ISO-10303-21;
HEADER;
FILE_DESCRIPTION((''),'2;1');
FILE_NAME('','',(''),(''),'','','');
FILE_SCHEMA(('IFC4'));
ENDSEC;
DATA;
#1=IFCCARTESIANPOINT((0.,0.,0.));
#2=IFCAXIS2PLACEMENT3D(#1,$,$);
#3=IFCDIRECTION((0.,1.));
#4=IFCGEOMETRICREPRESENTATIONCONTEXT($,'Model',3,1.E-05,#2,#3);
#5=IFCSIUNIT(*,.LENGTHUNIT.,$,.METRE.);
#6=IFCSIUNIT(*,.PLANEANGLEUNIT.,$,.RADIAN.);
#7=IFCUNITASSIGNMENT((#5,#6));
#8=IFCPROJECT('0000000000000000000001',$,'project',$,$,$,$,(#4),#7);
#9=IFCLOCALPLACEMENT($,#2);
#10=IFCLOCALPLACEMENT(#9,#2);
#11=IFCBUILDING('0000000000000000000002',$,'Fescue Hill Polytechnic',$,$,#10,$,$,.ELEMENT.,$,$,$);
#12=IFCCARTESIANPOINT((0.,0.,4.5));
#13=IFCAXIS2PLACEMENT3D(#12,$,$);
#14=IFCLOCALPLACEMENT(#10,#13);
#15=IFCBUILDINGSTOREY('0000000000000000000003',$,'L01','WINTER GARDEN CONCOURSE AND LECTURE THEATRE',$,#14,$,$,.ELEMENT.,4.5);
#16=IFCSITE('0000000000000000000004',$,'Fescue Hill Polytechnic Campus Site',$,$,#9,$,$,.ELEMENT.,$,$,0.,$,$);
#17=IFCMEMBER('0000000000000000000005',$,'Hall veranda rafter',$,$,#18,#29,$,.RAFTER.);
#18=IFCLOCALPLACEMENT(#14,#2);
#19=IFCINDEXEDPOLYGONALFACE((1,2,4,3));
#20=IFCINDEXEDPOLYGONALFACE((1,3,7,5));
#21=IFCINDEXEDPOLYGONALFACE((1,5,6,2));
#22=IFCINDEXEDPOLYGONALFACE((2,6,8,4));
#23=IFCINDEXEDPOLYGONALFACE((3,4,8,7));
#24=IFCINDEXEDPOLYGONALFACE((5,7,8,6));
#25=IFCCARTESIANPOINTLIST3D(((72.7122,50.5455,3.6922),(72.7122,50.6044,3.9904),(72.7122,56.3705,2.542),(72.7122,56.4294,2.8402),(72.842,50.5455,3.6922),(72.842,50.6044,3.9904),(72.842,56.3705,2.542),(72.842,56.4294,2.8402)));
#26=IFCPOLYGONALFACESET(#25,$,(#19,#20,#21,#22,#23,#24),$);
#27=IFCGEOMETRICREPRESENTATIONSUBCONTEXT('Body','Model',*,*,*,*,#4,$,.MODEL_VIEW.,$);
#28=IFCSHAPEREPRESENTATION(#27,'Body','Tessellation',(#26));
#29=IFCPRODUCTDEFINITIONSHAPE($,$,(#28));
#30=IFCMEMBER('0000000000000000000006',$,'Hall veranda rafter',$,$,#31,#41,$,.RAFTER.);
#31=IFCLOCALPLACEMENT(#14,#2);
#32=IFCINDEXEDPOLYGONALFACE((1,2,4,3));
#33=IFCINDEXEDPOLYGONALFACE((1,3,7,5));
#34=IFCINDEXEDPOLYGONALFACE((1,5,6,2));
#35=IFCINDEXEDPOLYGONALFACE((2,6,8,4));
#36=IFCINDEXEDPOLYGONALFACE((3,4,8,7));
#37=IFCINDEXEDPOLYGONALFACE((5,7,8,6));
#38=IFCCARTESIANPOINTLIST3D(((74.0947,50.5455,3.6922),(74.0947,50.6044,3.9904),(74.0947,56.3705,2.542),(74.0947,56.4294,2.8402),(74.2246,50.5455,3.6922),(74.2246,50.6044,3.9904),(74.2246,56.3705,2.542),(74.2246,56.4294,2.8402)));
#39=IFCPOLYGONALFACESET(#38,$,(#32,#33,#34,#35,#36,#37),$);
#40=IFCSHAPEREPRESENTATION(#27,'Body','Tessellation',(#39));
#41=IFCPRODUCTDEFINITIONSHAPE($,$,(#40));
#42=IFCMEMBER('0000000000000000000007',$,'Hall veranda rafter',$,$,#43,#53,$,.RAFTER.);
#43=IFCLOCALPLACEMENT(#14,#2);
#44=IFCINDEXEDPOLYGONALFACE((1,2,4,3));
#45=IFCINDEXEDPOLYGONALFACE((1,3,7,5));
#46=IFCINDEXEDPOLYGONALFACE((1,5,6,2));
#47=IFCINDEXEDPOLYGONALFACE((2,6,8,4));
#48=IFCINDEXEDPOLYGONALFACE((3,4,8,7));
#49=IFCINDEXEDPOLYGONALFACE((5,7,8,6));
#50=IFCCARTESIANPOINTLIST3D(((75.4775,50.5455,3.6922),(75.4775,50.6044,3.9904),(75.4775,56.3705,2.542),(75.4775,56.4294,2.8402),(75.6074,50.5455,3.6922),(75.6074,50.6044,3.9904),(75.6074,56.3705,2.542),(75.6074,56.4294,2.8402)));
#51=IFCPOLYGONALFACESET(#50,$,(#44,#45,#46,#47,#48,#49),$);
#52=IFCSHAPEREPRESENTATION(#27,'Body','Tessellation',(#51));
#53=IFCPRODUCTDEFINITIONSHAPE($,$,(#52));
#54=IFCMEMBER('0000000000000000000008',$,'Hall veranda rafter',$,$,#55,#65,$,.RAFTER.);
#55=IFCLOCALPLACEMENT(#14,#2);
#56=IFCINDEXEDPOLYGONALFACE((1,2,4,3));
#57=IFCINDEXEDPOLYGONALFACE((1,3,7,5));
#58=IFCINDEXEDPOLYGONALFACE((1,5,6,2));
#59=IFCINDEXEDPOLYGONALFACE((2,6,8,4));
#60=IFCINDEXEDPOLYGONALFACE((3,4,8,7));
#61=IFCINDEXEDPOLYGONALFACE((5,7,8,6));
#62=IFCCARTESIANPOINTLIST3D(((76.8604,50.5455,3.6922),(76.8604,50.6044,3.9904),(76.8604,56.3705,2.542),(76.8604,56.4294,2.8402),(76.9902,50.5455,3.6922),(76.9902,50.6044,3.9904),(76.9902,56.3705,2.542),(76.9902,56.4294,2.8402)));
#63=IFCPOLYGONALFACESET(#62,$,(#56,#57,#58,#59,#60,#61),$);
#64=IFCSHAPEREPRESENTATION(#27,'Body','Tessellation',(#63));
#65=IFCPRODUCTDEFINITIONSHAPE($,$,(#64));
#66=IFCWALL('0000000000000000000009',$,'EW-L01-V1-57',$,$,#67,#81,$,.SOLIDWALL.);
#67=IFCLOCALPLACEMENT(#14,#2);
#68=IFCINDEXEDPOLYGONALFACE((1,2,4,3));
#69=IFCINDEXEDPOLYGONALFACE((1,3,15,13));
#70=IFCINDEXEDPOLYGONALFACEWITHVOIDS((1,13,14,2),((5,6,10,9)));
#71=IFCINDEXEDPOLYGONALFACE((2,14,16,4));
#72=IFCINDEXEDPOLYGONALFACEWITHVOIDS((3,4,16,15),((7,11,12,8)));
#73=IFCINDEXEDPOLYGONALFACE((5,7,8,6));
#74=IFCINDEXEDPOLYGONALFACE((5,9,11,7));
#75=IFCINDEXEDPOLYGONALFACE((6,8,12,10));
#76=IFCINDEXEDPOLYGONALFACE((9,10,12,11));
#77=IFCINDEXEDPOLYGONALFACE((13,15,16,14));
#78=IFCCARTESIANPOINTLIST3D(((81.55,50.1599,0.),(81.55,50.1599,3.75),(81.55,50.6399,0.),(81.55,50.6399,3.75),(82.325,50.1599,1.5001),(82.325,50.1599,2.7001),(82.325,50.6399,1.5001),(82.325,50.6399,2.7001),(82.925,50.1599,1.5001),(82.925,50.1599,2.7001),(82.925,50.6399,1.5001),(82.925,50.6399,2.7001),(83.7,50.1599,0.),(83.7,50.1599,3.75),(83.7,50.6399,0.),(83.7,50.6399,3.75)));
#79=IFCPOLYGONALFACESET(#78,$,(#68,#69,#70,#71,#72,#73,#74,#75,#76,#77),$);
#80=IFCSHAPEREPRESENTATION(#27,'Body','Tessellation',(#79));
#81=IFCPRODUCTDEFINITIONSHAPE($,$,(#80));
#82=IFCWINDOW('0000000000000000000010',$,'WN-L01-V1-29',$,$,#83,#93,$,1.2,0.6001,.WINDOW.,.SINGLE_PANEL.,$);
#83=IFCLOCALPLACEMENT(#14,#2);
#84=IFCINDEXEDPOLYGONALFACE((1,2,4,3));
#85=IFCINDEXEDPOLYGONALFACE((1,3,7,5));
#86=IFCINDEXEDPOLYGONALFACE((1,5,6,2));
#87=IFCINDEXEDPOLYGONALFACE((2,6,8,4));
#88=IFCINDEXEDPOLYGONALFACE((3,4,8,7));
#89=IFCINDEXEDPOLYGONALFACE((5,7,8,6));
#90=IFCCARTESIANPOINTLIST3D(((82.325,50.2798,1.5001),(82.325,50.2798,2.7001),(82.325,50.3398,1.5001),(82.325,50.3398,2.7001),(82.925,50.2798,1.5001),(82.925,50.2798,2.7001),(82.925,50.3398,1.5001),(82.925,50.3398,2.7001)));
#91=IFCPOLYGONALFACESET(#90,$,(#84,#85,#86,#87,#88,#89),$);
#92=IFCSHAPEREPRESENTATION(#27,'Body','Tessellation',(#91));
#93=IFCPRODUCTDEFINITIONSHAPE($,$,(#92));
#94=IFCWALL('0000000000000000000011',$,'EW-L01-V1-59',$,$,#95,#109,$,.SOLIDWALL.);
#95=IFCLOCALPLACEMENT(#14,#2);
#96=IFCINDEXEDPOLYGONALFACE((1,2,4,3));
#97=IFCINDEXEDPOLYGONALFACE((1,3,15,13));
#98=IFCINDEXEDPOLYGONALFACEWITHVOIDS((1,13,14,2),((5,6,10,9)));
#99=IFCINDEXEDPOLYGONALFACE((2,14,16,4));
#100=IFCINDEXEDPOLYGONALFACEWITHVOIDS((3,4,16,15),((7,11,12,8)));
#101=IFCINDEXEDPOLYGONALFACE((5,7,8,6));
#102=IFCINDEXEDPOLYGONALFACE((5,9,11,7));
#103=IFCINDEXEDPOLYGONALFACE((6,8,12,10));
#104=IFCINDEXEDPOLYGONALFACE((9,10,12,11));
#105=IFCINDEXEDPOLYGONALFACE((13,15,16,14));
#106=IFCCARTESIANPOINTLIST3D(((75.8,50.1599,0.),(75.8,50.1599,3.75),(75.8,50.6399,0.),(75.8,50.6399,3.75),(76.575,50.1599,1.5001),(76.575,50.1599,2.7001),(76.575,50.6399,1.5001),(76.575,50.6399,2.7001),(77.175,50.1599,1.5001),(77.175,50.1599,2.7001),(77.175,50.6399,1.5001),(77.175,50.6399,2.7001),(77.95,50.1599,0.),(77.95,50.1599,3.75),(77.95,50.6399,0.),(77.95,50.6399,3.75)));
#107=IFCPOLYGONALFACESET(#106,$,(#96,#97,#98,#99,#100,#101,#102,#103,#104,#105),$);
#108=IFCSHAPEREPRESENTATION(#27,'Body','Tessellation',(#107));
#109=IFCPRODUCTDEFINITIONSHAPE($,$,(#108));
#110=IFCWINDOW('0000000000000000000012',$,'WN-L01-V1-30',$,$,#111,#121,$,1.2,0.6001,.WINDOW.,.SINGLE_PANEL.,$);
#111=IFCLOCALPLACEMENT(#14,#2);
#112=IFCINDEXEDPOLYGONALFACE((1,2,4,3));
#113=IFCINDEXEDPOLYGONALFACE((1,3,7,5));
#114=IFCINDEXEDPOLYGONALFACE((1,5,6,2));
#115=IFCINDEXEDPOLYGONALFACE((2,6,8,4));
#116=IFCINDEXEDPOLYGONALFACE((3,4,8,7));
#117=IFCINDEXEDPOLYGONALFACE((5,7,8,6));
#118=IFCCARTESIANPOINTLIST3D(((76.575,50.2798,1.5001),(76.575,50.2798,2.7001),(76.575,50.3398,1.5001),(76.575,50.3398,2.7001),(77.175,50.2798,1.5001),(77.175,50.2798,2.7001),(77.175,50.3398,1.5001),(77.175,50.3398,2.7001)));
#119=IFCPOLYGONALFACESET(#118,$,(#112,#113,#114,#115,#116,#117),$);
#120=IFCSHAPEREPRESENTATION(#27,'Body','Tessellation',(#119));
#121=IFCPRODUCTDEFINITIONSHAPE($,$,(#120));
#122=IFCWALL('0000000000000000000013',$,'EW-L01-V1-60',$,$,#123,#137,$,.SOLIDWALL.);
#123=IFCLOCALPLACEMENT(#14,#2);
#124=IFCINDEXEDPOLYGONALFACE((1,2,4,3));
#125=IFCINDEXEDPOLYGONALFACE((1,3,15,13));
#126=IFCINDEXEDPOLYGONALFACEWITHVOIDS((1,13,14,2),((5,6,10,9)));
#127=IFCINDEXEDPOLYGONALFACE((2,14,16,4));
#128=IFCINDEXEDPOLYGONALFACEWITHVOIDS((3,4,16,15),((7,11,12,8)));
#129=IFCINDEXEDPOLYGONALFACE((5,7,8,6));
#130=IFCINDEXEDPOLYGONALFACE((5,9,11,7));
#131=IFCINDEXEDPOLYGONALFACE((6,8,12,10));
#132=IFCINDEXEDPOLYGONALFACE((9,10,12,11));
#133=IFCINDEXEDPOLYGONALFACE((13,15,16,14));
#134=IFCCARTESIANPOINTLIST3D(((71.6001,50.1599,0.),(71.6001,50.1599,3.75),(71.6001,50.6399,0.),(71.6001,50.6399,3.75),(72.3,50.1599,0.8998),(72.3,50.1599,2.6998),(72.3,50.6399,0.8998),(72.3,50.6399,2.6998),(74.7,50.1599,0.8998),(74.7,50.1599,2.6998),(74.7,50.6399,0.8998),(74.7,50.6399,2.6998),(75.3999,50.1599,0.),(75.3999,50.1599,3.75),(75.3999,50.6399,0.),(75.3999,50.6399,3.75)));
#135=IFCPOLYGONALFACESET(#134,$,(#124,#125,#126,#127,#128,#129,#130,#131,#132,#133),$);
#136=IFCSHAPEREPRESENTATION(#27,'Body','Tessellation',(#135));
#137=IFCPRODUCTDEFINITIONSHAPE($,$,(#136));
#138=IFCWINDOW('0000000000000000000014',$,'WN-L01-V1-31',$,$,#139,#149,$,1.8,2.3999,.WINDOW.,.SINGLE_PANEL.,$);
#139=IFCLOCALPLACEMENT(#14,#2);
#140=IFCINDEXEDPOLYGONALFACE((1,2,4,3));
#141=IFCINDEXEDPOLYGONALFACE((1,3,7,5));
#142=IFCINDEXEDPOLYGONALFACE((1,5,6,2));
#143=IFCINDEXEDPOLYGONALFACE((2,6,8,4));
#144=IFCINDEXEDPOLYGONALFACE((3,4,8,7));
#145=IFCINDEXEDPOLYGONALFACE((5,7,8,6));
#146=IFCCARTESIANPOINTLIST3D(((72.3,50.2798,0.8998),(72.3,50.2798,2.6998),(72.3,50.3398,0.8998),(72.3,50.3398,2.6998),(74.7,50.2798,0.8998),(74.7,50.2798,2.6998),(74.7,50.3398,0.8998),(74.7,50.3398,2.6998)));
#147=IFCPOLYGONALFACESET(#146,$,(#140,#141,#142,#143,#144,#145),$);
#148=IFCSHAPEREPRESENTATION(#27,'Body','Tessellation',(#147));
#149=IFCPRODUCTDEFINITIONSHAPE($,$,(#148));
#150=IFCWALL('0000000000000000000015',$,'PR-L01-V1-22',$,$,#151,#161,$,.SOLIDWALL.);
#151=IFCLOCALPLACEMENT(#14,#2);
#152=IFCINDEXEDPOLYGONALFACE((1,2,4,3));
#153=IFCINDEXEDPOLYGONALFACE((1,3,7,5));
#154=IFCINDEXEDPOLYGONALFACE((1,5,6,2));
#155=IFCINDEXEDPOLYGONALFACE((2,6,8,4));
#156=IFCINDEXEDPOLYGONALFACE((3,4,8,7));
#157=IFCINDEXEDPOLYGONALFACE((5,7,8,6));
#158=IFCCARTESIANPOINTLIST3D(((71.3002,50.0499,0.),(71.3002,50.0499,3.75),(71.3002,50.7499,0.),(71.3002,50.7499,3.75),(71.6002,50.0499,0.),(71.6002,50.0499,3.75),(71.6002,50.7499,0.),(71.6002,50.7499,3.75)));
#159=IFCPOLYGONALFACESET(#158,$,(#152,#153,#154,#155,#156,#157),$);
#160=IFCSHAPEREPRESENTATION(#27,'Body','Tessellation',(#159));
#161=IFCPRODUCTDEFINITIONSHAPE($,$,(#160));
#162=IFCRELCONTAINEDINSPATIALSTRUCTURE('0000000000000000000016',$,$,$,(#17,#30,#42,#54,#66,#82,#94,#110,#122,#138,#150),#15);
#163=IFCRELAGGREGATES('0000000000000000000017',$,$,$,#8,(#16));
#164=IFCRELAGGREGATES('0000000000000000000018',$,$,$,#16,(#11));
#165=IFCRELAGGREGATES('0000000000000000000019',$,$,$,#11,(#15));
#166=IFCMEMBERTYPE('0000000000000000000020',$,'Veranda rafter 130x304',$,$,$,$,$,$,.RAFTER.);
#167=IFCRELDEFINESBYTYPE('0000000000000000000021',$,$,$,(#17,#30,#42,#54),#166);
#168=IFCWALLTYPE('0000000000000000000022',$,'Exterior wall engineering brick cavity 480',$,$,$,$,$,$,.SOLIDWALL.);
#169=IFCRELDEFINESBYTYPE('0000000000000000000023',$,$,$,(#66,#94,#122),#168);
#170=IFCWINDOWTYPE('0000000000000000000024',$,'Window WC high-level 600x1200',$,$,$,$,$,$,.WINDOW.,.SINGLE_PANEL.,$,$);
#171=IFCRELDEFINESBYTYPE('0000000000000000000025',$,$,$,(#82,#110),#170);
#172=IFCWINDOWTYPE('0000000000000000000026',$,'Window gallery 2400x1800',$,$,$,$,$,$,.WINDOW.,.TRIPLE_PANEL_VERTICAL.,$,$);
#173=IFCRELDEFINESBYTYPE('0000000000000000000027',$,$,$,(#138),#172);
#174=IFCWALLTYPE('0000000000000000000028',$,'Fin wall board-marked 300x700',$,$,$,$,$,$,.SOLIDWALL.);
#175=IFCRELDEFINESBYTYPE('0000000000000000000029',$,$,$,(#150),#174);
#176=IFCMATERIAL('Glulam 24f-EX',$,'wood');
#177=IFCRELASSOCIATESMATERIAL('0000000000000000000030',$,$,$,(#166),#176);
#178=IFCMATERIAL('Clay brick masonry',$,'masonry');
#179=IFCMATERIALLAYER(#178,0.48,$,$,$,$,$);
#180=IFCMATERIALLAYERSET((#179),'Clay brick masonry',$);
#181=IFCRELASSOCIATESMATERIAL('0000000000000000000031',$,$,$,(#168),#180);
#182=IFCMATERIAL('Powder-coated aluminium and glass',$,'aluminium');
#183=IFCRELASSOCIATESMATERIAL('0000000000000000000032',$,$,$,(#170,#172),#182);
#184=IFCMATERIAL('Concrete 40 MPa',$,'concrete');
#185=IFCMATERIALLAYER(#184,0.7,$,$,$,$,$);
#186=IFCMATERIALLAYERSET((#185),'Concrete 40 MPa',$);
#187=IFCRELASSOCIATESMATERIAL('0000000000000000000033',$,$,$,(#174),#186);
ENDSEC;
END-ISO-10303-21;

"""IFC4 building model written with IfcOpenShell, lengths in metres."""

from ifc_helpers import new_model, si_unit, direction, frame, frame_2d, origin, origin_2d, place, context, subcontext, project, spatial, rectangle, extrude, material, layer, layer_set, material_profile, profile_set, type_object, element, fill, save


model = new_model("IFC4")

# Units and contexts
model_context = context("Model", 3, precision=1e-05, world=origin(), true_north=direction((0.0, 1.0)))
body_context = subcontext(model_context, "Body", "Model", "MODEL_VIEW")
ifc_project = project(units=[si_unit("LENGTHUNIT", "METRE"), si_unit("PLANEANGLEUNIT", "RADIAN")], contexts=[model_context])

# Site, building, storey
site_placement = place(None, origin())
site = spatial("IfcSite", under=ifc_project, at=site_placement, Name="Fescue Hill Polytechnic Campus Site", CompositionType="ELEMENT", RefElevation=0.0)
building_placement = place(site_placement, origin())
building = spatial("IfcBuilding", under=site, at=building_placement, Name="Fescue Hill Polytechnic", CompositionType="ELEMENT")
storey_placement = place(building_placement, frame((0.0, 0.0, 4.5)))
storey = spatial("IfcBuildingStorey", under=building, at=storey_placement, Name="L01", Description="WINTER GARDEN CONCOURSE AND LECTURE THEATRE", CompositionType="ELEMENT", Elevation=4.5)

# Shared definitions
ifc_material_1 = material(Name="Concrete 40 MPa", Category="concrete")

# Members
ifc_material_2 = material(Name="Glulam 24f-EX", Category="wood")
ifc_material_profile_1 = material_profile(ifc_material_2, rectangle(XDim=0.1299, YDim=0.304, at=origin_2d()), Name="Veranda rafter 130x304")
ifc_profile_set_1 = profile_set([ifc_material_profile_1], Name="Glulam 24f-EX")
member_type = type_object("IfcMemberType", Name="Veranda rafter 130x304", PredefinedType="RAFTER", material=ifc_profile_set_1)
for number, where, z_axis, x_axis, name in (
    (1, (72.7771, 50.575, 3.8413), (0.0, 0.981059, -0.193712), (-1.0, 0.0, 0.0), "Hall veranda rafter"),
    (2, (74.1597, 50.575, 3.8413), (0.0, 0.981059, -0.193712), (-1.0, 0.0, 0.0), "Hall veranda rafter"),
    (3, (75.5425, 50.575, 3.8413), (0.0, 0.981059, -0.193712), (-1.0, 0.0, 0.0), "Hall veranda rafter"),
    (4, (76.9253, 50.575, 3.8413), (0.0, 0.981059, -0.193712), (-1.0, 0.0, 0.0), "Hall veranda rafter"),
):
    element("IfcMember", number, at=place(storey_placement, frame(where, z_axis=z_axis, x_axis=x_axis)), inside=storey, type_object=member_type, Name=name, PredefinedType="RAFTER", context=body_context, shape_type="SweptSolid", body=[
        extrude(rectangle(XDim=0.1299, YDim=0.304, at=origin_2d()), origin(), (0.0, 0.0, 1.0), 5.9375),
    ])

# Walls, openings, windows
ifc_material_3 = material(Name="Clay brick masonry", Category="masonry")
ifc_layer_1 = layer(ifc_material_3, 0.48)
ifc_layer_set_1 = layer_set([ifc_layer_1], Name="Clay brick masonry")
wall_type_1 = type_object("IfcWallType", Name="Exterior wall engineering brick cavity 480", PredefinedType="SOLIDWALL", material=ifc_layer_set_1)
wall_1_placement = place(storey_placement, frame((83.7, 50.3999, 0.0), z_axis=(0.0, 0.0, 1.0), x_axis=(-1.0, 0.0, 0.0)))
wall_1 = element("IfcWall", 5, at=wall_1_placement, inside=storey, type_object=wall_type_1, Name="EW-L01-V1-57", PredefinedType="SOLIDWALL", context=body_context, shape_type="SweptSolid", body=[
    extrude(rectangle(XDim=2.1499, YDim=0.48, at=frame_2d((1.075, 0.0))), origin(), (0.0, 0.0, 1.0), 3.75),
])
opening_1_placement = place(wall_1_placement, frame((0.7749, 0.0, 1.5)))
opening_1 = element("IfcOpeningElement", 6, at=opening_1_placement, cuts=wall_1, PredefinedType="OPENING", context=body_context, shape_type="SweptSolid", body=[
    extrude(rectangle(XDim=0.6001, YDim=1.2, at=frame_2d((0.3, 0.6001))), frame((0.0, 0.25, 0.0), z_axis=(0.0, -1.0, 0.0), x_axis=(1.0, 0.0, 0.0)), (0.0, 0.0, 1.0), 0.5),
])
ifc_material_4 = material(Name="Powder-coated aluminium and glass", Category="aluminium")
window_type_1 = type_object("IfcWindowType", Name="Window WC high-level 600x1200", PartitioningType="SINGLE_PANEL", PredefinedType="WINDOW", material=ifc_material_4)
window_1_placement = place(opening_1_placement, origin())
window_1 = element("IfcWindow", 7, at=window_1_placement, inside=storey, type_object=window_type_1, Name="WN-L01-V1-29", OverallHeight=1.2, OverallWidth=0.6001, PartitioningType="SINGLE_PANEL", PredefinedType="WINDOW", context=body_context, shape_type="SweptSolid", body=[
    extrude(rectangle(XDim=0.6001, YDim=1.2, at=frame_2d((0.3, 0.6001))), frame((0.0, 0.1201, 0.0), z_axis=(0.0, -1.0, 0.0), x_axis=(1.0, 0.0, 0.0)), (0.0, 0.0, 1.0), 0.0601),
])
fill(opening_1, window_1)
wall_2_placement = place(storey_placement, frame((77.95, 50.3999, 0.0), z_axis=(0.0, 0.0, 1.0), x_axis=(-1.0, 0.0, 0.0)))
wall_2 = element("IfcWall", 8, at=wall_2_placement, inside=storey, type_object=wall_type_1, Name="EW-L01-V1-59", PredefinedType="SOLIDWALL", context=body_context, shape_type="SweptSolid", body=[
    extrude(rectangle(XDim=2.1499, YDim=0.48, at=frame_2d((1.075, 0.0))), origin(), (0.0, 0.0, 1.0), 3.75),
])
opening_2_placement = place(wall_2_placement, frame((0.7749, 0.0, 1.5)))
opening_2 = element("IfcOpeningElement", 9, at=opening_2_placement, cuts=wall_2, PredefinedType="OPENING", context=body_context, shape_type="SweptSolid", body=[
    extrude(rectangle(XDim=0.6001, YDim=1.2, at=frame_2d((0.3, 0.6001))), frame((0.0, 0.25, 0.0), z_axis=(0.0, -1.0, 0.0), x_axis=(1.0, 0.0, 0.0)), (0.0, 0.0, 1.0), 0.5),
])
window_2_placement = place(opening_2_placement, origin())
window_2 = element("IfcWindow", 10, at=window_2_placement, inside=storey, type_object=window_type_1, Name="WN-L01-V1-30", OverallHeight=1.2, OverallWidth=0.6001, PartitioningType="SINGLE_PANEL", PredefinedType="WINDOW", context=body_context, shape_type="SweptSolid", body=[
    extrude(rectangle(XDim=0.6001, YDim=1.2, at=frame_2d((0.3, 0.6001))), frame((0.0, 0.1201, 0.0), z_axis=(0.0, -1.0, 0.0), x_axis=(1.0, 0.0, 0.0)), (0.0, 0.0, 1.0), 0.0601),
])
fill(opening_2, window_2)
wall_3_placement = place(storey_placement, frame((75.3999, 50.3999, 0.0), z_axis=(0.0, 0.0, 1.0), x_axis=(-1.0, 0.0, 0.0)))
wall_3 = element("IfcWall", 11, at=wall_3_placement, inside=storey, type_object=wall_type_1, Name="EW-L01-V1-60", PredefinedType="SOLIDWALL", context=body_context, shape_type="SweptSolid", body=[
    extrude(rectangle(XDim=3.7998, YDim=0.48, at=frame_2d((1.8999, 0.0))), origin(), (0.0, 0.0, 1.0), 3.75),
])
opening_3_placement = place(wall_3_placement, frame((0.7, 0.0, 0.8999)))
opening_3 = element("IfcOpeningElement", 12, at=opening_3_placement, cuts=wall_3, PredefinedType="OPENING", context=body_context, shape_type="SweptSolid", body=[
    extrude(rectangle(XDim=2.3999, YDim=1.8, at=frame_2d((1.2, 0.8999))), frame((0.0, 0.25, 0.0), z_axis=(0.0, -1.0, 0.0), x_axis=(1.0, 0.0, 0.0)), (0.0, 0.0, 1.0), 0.5),
])
window_type_2 = type_object("IfcWindowType", Name="Window gallery 2400x1800", PartitioningType="TRIPLE_PANEL_VERTICAL", PredefinedType="WINDOW", material=ifc_material_4)
window_3_placement = place(opening_3_placement, origin())
window_3 = element("IfcWindow", 13, at=window_3_placement, inside=storey, type_object=window_type_2, Name="WN-L01-V1-31", OverallHeight=1.8, OverallWidth=2.3999, PartitioningType="SINGLE_PANEL", PredefinedType="WINDOW", context=body_context, shape_type="SweptSolid", body=[
    extrude(rectangle(XDim=2.3999, YDim=1.8, at=frame_2d((1.2, 0.8999))), frame((0.0, 0.1201, 0.0), z_axis=(0.0, -1.0, 0.0), x_axis=(1.0, 0.0, 0.0)), (0.0, 0.0, 1.0), 0.0601),
])
fill(opening_3, window_3)

# Wall
ifc_layer_2 = layer(ifc_material_1, 0.7)
ifc_layer_set_2 = layer_set([ifc_layer_2], Name="Concrete 40 MPa")
wall_type_2 = type_object("IfcWallType", Name="Fin wall board-marked 300x700", PredefinedType="SOLIDWALL", material=ifc_layer_set_2)
wall_4_placement = place(storey_placement, frame((71.6001, 50.3999, 0.0), z_axis=(0.0, 0.0, 1.0), x_axis=(-1.0, 0.0, 0.0)))
element("IfcWall", 14, at=wall_4_placement, inside=storey, type_object=wall_type_2, Name="PR-L01-V1-22", PredefinedType="SOLIDWALL", context=body_context, shape_type="SweptSolid", body=[
    extrude(rectangle(XDim=0.3, YDim=0.7, at=frame_2d((0.1499, 0.0))), origin(), (0.0, 0.0, 1.0), 3.75),
])

save(model, "model.ifc")
